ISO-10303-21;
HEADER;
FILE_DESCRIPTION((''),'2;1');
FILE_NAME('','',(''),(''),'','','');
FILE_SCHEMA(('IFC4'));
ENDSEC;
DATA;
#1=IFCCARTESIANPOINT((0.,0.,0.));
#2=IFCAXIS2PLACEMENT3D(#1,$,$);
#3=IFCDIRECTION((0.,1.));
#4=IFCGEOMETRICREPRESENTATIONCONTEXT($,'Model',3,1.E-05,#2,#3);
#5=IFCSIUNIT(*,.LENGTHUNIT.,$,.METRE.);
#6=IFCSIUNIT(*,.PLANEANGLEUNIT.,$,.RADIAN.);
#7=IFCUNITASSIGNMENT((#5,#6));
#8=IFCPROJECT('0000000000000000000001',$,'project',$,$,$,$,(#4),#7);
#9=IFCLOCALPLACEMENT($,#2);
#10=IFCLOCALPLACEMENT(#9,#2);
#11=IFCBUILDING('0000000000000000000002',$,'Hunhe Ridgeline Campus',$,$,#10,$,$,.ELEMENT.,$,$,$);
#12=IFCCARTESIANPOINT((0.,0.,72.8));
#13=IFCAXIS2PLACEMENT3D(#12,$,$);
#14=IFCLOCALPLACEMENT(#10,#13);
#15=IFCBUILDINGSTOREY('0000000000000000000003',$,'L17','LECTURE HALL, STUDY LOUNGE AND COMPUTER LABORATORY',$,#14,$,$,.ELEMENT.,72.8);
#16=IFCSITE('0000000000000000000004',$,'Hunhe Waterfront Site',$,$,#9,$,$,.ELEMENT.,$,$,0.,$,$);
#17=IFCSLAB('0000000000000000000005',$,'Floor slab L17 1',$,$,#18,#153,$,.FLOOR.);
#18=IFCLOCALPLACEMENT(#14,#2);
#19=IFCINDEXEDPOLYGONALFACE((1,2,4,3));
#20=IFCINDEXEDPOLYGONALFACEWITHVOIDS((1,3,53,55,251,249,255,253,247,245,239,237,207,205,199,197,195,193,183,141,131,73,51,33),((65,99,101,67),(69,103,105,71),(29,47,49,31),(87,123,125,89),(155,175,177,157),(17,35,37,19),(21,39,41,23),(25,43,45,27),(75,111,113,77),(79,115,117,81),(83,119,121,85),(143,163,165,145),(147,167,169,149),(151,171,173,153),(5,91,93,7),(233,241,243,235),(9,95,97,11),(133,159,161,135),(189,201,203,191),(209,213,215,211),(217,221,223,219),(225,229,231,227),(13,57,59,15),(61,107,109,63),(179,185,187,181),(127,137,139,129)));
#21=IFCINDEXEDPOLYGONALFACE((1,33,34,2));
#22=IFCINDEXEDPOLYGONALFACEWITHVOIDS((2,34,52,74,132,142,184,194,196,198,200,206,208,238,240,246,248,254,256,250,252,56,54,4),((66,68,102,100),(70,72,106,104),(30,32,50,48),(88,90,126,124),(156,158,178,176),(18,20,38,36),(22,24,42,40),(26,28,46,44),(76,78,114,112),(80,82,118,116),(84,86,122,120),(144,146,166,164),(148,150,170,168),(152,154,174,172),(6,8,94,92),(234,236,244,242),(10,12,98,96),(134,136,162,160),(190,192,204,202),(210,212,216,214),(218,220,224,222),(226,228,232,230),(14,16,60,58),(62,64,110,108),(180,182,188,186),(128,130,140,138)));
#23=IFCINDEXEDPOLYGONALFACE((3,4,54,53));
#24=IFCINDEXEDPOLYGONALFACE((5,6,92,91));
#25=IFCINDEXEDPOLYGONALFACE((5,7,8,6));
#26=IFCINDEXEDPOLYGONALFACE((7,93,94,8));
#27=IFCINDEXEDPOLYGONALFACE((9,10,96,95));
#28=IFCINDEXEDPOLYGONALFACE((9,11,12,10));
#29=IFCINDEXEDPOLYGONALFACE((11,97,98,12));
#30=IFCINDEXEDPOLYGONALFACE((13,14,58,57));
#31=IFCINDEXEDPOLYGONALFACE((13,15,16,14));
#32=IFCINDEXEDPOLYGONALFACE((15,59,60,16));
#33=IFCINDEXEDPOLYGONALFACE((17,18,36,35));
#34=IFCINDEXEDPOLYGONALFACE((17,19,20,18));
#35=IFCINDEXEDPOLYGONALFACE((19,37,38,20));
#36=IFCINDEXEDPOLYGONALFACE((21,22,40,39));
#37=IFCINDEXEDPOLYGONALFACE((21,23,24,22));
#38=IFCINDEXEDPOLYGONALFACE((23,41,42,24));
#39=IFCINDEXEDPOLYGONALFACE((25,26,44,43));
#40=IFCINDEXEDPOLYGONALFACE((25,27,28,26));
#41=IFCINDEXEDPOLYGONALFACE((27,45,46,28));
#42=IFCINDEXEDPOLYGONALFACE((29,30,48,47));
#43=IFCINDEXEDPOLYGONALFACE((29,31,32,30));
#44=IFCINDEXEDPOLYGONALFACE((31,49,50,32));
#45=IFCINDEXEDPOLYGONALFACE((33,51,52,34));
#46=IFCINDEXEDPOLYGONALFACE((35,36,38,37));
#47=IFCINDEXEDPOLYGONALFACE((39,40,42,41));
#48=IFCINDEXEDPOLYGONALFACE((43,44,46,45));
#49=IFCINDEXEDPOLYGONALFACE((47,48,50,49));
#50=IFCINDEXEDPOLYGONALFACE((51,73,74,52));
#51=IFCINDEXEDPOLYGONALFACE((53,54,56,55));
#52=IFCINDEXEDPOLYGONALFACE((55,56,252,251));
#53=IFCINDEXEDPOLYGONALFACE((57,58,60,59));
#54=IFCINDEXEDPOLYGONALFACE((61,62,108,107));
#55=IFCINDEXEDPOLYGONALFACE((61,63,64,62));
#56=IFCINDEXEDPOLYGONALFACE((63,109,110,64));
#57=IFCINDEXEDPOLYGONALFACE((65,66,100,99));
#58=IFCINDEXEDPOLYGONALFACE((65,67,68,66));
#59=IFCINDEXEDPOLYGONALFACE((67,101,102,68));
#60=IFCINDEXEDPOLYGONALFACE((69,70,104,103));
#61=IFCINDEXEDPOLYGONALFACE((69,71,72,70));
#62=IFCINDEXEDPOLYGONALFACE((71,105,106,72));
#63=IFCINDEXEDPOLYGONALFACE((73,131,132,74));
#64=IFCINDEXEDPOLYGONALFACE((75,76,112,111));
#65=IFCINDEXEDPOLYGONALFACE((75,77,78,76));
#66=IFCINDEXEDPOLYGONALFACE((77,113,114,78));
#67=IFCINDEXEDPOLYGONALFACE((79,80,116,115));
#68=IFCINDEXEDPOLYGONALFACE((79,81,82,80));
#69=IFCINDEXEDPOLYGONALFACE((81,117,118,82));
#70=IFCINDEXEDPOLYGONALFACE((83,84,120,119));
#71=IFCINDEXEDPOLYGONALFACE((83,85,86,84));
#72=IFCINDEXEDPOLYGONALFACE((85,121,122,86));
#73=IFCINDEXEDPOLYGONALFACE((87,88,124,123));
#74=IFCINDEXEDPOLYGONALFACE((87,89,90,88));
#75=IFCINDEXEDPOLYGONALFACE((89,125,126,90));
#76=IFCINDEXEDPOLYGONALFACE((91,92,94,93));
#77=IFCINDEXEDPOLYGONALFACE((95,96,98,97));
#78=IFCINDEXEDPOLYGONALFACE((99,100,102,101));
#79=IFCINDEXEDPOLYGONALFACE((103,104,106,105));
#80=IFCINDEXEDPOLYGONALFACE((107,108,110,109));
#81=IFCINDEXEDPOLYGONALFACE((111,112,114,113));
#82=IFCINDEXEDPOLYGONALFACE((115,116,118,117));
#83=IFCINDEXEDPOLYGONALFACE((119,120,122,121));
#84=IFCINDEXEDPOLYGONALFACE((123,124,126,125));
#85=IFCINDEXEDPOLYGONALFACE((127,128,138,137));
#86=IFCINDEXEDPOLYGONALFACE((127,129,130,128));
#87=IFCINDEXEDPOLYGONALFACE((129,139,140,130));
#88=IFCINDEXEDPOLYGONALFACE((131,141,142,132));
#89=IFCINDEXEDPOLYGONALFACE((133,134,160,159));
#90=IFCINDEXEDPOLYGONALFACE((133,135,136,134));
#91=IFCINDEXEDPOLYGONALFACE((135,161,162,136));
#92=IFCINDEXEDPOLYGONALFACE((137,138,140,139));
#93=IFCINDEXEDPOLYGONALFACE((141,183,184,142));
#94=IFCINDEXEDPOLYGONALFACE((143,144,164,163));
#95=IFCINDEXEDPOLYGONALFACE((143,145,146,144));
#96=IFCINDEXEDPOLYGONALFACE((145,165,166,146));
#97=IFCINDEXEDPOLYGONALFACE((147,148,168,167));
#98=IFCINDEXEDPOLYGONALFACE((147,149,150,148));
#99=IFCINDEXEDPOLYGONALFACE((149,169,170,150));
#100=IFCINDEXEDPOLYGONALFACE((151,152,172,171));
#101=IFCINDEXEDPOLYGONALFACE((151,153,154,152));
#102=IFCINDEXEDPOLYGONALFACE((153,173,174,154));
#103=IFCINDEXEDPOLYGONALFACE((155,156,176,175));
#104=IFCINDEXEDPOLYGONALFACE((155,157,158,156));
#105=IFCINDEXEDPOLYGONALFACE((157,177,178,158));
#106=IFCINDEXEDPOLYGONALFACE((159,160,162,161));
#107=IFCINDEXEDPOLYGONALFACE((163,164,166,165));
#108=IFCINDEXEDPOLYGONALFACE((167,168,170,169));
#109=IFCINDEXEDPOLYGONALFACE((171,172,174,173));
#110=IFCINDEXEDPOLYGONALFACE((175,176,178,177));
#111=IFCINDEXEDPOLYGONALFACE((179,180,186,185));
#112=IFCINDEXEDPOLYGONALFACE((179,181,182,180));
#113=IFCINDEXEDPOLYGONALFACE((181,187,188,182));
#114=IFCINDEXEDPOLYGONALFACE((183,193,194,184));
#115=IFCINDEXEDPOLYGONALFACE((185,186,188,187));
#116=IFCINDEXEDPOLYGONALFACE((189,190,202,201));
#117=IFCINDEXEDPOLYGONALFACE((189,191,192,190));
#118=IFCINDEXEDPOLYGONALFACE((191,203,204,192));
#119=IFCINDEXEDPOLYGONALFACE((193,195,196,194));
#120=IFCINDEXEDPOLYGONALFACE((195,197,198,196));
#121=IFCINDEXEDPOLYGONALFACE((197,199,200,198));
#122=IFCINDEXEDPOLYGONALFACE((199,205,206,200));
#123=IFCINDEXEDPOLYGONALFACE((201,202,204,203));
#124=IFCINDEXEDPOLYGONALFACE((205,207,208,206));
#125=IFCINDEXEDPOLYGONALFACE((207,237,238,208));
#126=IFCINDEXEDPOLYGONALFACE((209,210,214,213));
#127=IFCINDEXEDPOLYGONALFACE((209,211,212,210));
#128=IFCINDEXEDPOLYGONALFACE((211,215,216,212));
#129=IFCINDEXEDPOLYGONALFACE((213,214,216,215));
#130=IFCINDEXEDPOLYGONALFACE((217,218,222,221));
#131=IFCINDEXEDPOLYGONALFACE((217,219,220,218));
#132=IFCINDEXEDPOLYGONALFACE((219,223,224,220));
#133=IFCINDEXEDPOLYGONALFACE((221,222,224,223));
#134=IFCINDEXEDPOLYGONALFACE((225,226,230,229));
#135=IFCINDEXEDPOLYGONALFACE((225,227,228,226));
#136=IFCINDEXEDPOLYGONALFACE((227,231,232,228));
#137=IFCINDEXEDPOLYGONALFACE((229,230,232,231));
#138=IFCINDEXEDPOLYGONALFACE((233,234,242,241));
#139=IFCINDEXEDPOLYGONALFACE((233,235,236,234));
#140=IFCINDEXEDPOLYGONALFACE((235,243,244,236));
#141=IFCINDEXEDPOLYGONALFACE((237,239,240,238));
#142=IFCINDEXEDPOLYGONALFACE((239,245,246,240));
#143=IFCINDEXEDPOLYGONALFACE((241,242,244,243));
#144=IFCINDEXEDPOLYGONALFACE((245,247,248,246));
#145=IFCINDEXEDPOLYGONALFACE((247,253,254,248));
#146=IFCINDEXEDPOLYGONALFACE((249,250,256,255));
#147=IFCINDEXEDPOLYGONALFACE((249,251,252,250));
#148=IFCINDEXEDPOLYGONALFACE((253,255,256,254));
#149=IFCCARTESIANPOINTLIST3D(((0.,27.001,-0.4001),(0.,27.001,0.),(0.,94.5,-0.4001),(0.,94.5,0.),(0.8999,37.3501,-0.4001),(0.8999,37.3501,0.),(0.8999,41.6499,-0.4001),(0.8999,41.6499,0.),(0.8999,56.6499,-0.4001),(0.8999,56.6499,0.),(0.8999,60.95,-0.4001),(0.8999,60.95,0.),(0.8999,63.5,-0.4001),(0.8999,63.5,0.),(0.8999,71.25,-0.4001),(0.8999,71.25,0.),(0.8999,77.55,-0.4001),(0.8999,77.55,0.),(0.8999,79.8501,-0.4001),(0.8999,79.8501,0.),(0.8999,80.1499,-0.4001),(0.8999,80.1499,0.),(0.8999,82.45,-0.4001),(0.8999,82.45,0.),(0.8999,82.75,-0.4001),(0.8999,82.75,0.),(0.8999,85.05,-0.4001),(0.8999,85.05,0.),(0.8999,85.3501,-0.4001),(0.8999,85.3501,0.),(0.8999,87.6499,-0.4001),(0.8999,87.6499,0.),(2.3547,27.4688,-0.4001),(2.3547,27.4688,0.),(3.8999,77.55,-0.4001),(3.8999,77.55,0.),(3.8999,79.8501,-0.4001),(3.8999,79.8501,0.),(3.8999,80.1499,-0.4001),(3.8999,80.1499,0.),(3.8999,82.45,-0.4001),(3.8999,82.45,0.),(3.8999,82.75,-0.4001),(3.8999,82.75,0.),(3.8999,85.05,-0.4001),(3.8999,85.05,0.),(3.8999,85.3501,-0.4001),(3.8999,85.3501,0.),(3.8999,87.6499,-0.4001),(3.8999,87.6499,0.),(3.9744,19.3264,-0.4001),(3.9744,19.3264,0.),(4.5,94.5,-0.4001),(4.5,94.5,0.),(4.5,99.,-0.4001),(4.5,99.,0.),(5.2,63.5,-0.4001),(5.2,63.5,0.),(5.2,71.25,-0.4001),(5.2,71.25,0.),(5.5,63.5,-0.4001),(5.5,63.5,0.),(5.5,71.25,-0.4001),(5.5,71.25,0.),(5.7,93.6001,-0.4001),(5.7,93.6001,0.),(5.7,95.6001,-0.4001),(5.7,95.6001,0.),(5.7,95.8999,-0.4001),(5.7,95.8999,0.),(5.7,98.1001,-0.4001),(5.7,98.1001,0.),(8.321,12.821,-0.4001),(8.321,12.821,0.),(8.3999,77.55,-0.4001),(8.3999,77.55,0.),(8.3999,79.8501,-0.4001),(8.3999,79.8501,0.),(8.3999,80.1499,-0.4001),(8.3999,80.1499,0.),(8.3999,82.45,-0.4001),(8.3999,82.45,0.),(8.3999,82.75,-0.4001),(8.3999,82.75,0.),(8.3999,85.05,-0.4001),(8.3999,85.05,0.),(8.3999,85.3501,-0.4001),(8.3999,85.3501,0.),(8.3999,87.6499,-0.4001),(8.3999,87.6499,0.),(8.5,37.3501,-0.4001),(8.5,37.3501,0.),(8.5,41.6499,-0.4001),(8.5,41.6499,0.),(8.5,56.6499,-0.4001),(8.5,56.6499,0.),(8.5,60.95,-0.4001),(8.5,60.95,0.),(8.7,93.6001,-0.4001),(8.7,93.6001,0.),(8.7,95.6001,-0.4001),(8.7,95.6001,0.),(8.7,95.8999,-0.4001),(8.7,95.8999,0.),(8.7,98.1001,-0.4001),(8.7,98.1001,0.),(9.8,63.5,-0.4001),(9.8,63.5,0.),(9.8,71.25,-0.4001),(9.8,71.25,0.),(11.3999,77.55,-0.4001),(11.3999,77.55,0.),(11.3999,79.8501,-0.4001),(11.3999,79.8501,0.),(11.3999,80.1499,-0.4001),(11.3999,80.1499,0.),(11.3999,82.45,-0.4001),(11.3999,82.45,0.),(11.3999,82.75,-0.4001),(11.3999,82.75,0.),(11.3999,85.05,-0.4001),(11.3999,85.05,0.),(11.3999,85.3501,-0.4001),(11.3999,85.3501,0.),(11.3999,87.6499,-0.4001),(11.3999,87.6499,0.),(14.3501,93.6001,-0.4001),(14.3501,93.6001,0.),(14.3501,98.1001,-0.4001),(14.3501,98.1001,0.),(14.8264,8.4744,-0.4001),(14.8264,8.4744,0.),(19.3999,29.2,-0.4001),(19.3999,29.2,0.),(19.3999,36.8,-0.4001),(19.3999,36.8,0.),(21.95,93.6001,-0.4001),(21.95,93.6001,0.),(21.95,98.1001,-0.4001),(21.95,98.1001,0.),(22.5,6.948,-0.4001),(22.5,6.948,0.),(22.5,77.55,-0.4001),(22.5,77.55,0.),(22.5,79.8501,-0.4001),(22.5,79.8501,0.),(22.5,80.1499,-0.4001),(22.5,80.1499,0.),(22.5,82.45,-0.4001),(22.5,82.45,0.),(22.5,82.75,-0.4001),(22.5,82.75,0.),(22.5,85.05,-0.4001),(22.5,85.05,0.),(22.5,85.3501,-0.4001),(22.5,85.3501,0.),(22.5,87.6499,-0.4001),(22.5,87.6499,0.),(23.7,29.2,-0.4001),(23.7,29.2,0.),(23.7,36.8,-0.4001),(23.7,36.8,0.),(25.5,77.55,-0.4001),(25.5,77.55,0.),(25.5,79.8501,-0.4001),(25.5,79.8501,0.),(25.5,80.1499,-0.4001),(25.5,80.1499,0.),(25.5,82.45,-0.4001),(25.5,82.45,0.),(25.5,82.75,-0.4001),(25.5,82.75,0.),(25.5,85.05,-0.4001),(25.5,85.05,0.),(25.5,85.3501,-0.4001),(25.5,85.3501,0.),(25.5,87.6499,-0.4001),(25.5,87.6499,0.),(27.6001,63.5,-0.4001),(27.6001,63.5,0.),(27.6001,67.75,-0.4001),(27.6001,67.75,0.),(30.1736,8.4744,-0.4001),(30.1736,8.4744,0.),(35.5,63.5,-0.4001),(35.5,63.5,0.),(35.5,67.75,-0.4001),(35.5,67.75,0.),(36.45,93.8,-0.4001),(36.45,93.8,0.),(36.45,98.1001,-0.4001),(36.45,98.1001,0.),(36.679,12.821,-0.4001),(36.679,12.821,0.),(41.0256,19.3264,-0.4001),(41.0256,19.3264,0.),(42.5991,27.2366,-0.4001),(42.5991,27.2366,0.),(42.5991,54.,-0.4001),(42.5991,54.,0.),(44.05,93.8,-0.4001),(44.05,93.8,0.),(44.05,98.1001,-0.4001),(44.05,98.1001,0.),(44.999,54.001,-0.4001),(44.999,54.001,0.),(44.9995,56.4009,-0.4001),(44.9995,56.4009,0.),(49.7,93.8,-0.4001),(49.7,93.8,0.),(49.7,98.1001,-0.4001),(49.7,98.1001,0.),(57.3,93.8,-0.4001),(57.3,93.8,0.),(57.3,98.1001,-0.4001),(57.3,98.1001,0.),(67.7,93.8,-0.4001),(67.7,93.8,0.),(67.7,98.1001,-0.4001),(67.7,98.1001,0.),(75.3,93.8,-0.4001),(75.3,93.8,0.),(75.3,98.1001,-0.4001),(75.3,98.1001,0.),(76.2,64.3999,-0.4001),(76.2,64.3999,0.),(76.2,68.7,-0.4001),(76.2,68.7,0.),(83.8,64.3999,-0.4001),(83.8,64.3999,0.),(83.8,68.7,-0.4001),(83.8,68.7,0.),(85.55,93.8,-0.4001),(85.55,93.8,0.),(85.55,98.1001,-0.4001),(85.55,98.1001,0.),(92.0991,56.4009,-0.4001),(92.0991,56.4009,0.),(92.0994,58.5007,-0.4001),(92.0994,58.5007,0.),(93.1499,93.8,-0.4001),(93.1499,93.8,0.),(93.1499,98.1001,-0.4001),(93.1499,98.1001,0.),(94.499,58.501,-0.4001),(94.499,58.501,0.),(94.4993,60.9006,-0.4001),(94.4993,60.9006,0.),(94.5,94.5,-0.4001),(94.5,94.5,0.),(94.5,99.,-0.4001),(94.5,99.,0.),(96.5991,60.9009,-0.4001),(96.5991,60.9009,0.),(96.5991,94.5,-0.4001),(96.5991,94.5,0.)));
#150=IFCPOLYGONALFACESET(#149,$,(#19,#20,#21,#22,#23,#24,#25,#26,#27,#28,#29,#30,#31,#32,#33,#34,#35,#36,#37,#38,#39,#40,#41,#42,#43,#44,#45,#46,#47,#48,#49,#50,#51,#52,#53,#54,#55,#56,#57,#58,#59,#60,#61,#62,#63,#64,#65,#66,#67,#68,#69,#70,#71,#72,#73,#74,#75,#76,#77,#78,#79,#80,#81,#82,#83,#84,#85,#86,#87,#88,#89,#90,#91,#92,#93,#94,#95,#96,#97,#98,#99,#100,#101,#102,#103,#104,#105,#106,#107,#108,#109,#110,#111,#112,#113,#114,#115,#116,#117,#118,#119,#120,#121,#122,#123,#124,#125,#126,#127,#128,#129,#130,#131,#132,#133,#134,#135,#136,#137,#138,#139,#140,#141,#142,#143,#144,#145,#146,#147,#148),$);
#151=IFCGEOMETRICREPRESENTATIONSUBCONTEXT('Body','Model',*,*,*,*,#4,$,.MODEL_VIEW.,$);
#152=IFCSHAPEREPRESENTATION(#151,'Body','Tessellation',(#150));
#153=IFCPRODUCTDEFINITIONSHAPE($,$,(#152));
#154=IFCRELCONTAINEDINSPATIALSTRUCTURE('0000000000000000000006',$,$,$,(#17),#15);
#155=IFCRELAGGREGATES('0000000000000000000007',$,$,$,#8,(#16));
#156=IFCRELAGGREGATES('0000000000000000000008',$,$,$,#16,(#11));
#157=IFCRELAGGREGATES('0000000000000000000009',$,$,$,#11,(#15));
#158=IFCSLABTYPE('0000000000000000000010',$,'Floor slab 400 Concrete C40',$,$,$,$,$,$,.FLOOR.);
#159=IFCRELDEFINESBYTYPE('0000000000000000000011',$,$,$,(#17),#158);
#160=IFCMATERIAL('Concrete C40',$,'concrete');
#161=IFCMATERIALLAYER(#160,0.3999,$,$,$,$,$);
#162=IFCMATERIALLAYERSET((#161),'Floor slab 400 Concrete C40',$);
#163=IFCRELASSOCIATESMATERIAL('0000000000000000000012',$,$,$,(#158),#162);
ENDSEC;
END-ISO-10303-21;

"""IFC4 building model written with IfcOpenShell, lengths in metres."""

from ifc_helpers import new_model, si_unit, direction, frame, origin, place, context, subcontext, project, spatial, polyline, outline, extrude, material, layer, layer_set, type_object, element, save


model = new_model("IFC4")

# Units and contexts
model_context = context("Model", 3, precision=1e-05, world=origin(), true_north=direction((0.0, 1.0)))
body_context = subcontext(model_context, "Body", "Model", "MODEL_VIEW")
ifc_project = project(units=[si_unit("LENGTHUNIT", "METRE"), si_unit("PLANEANGLEUNIT", "RADIAN")], contexts=[model_context])

# Site, building, storey
site_placement = place(None, origin())
site = spatial("IfcSite", under=ifc_project, at=site_placement, Name="Hunhe Waterfront Site", CompositionType="ELEMENT", RefElevation=0.0)
building_placement = place(site_placement, origin())
building = spatial("IfcBuilding", under=site, at=building_placement, Name="Hunhe Ridgeline Campus", CompositionType="ELEMENT")
storey_placement = place(building_placement, frame((0.0, 0.0, 72.8)))
storey = spatial("IfcBuildingStorey", under=building, at=storey_placement, Name="L17", Description="LECTURE HALL, STUDY LOUNGE AND COMPUTER LABORATORY", CompositionType="ELEMENT", Elevation=72.8)

# Slab
ifc_material_1 = material(Name="Concrete C40", Category="concrete")
ifc_layer_1 = layer(ifc_material_1, 0.3999)
ifc_layer_set_1 = layer_set([ifc_layer_1], Name="Floor slab 400 Concrete C40")
slab_type_1 = type_object("IfcSlabType", Name="Floor slab 400 Concrete C40", PredefinedType="FLOOR", material=ifc_layer_set_1)
slab_1_placement = place(storey_placement, frame((0.0, 0.0, -0.4001)))
element("IfcSlab", 1, at=slab_1_placement, inside=storey, type_object=slab_type_1, Name="Floor slab L17 1", PredefinedType="FLOOR", context=body_context, shape_type="SweptSolid", body=[
    extrude(outline(polyline([(4.5, 94.5), (0.0, 94.5), (0.0, 27.001), (2.3547, 27.4688), (3.9744, 19.3264), (8.321, 12.821), (14.8264, 8.4744), (22.5, 6.948), (30.1736, 8.4744), (36.679, 12.821), (41.0256, 19.3264), (42.5991, 27.2366), (42.5991, 54.0), (44.999, 54.001), (44.9995, 56.4009), (92.0991, 56.4009), (92.0994, 58.5007), (94.499, 58.501), (94.4993, 60.9006), (96.5991, 60.9009), (96.5991, 94.5), (94.5, 94.5), (94.5, 99.0), (4.5, 99.0), (4.5, 94.5)]), holes=[polyline([(93.1499, 93.8), (93.1499, 98.1001), (85.55, 98.1001), (85.55, 93.8), (93.1499, 93.8)]), polyline([(76.2, 68.7), (76.2, 64.3999), (83.8, 64.3999), (83.8, 68.7), (76.2, 68.7)]), polyline([(75.3, 98.1001), (67.7, 98.1001), (67.7, 93.8), (75.3, 93.8), (75.3, 98.1001)]), polyline([(49.7, 98.1001), (49.7, 93.8), (57.3, 93.8), (57.3, 98.1001), (49.7, 98.1001)]), polyline([(36.45, 93.8), (44.05, 93.8), (44.05, 98.1001), (36.45, 98.1001), (36.45, 93.8)]), polyline([(35.5, 63.5), (35.5, 67.75), (27.6001, 67.75), (27.6001, 63.5), (35.5, 63.5)]), polyline([(25.5, 80.1499), (25.5, 82.45), (22.5, 82.45), (22.5, 80.1499), (25.5, 80.1499)]), polyline([(25.5, 79.8501), (22.5, 79.8501), (22.5, 77.55), (25.5, 77.55), (25.5, 79.8501)]), polyline([(22.5, 87.6499), (22.5, 85.3501), (25.5, 85.3501), (25.5, 87.6499), (22.5, 87.6499)]), polyline([(22.5, 82.75), (25.5, 82.75), (25.5, 85.05), (22.5, 85.05), (22.5, 82.75)]), polyline([(23.7, 29.2), (23.7, 36.8), (19.3999, 36.8), (19.3999, 29.2), (23.7, 29.2)]), polyline([(14.3501, 93.6001), (21.95, 93.6001), (21.95, 98.1001), (14.3501, 98.1001), (14.3501, 93.6001)]), polyline([(11.3999, 79.8501), (8.3999, 79.8501), (8.3999, 77.55), (11.3999, 77.55), (11.3999, 79.8501)]), polyline([(11.3999, 80.1499), (11.3999, 82.45), (8.3999, 82.45), (8.3999, 80.1499), (11.3999, 80.1499)]), polyline([(8.3999, 87.6499), (8.3999, 85.3501), (11.3999, 85.3501), (11.3999, 87.6499), (8.3999, 87.6499)]), polyline([(8.3999, 82.75), (11.3999, 82.75), (11.3999, 85.05), (8.3999, 85.05), (8.3999, 82.75)]), polyline([(9.8, 71.25), (5.5, 71.25), (5.5, 63.5), (9.8, 63.5), (9.8, 71.25)]), polyline([(8.7, 95.8999), (8.7, 98.1001), (5.7, 98.1001), (5.7, 95.8999), (8.7, 95.8999)]), polyline([(8.7, 95.6001), (5.7, 95.6001), (5.7, 93.6001), (8.7, 93.6001), (8.7, 95.6001)]), polyline([(0.8999, 37.3501), (8.5, 37.3501), (8.5, 41.6499), (0.8999, 41.6499), (0.8999, 37.3501)]), polyline([(0.8999, 60.95), (0.8999, 56.6499), (8.5, 56.6499), (8.5, 60.95), (0.8999, 60.95)]), polyline([(0.8999, 71.25), (0.8999, 63.5), (5.2, 63.5), (5.2, 71.25), (0.8999, 71.25)]), polyline([(3.8999, 80.1499), (3.8999, 82.45), (0.8999, 82.45), (0.8999, 80.1499), (3.8999, 80.1499)]), polyline([(3.8999, 79.8501), (0.8999, 79.8501), (0.8999, 77.55), (3.8999, 77.55), (3.8999, 79.8501)]), polyline([(0.8999, 87.6499), (0.8999, 85.3501), (3.8999, 85.3501), (3.8999, 87.6499), (0.8999, 87.6499)]), polyline([(0.8999, 82.75), (3.8999, 82.75), (3.8999, 85.05), (0.8999, 85.05), (0.8999, 82.75)])]), origin(), (0.0, 0.0, 1.0), 0.4001),
])

save(model, "model.ifc")
